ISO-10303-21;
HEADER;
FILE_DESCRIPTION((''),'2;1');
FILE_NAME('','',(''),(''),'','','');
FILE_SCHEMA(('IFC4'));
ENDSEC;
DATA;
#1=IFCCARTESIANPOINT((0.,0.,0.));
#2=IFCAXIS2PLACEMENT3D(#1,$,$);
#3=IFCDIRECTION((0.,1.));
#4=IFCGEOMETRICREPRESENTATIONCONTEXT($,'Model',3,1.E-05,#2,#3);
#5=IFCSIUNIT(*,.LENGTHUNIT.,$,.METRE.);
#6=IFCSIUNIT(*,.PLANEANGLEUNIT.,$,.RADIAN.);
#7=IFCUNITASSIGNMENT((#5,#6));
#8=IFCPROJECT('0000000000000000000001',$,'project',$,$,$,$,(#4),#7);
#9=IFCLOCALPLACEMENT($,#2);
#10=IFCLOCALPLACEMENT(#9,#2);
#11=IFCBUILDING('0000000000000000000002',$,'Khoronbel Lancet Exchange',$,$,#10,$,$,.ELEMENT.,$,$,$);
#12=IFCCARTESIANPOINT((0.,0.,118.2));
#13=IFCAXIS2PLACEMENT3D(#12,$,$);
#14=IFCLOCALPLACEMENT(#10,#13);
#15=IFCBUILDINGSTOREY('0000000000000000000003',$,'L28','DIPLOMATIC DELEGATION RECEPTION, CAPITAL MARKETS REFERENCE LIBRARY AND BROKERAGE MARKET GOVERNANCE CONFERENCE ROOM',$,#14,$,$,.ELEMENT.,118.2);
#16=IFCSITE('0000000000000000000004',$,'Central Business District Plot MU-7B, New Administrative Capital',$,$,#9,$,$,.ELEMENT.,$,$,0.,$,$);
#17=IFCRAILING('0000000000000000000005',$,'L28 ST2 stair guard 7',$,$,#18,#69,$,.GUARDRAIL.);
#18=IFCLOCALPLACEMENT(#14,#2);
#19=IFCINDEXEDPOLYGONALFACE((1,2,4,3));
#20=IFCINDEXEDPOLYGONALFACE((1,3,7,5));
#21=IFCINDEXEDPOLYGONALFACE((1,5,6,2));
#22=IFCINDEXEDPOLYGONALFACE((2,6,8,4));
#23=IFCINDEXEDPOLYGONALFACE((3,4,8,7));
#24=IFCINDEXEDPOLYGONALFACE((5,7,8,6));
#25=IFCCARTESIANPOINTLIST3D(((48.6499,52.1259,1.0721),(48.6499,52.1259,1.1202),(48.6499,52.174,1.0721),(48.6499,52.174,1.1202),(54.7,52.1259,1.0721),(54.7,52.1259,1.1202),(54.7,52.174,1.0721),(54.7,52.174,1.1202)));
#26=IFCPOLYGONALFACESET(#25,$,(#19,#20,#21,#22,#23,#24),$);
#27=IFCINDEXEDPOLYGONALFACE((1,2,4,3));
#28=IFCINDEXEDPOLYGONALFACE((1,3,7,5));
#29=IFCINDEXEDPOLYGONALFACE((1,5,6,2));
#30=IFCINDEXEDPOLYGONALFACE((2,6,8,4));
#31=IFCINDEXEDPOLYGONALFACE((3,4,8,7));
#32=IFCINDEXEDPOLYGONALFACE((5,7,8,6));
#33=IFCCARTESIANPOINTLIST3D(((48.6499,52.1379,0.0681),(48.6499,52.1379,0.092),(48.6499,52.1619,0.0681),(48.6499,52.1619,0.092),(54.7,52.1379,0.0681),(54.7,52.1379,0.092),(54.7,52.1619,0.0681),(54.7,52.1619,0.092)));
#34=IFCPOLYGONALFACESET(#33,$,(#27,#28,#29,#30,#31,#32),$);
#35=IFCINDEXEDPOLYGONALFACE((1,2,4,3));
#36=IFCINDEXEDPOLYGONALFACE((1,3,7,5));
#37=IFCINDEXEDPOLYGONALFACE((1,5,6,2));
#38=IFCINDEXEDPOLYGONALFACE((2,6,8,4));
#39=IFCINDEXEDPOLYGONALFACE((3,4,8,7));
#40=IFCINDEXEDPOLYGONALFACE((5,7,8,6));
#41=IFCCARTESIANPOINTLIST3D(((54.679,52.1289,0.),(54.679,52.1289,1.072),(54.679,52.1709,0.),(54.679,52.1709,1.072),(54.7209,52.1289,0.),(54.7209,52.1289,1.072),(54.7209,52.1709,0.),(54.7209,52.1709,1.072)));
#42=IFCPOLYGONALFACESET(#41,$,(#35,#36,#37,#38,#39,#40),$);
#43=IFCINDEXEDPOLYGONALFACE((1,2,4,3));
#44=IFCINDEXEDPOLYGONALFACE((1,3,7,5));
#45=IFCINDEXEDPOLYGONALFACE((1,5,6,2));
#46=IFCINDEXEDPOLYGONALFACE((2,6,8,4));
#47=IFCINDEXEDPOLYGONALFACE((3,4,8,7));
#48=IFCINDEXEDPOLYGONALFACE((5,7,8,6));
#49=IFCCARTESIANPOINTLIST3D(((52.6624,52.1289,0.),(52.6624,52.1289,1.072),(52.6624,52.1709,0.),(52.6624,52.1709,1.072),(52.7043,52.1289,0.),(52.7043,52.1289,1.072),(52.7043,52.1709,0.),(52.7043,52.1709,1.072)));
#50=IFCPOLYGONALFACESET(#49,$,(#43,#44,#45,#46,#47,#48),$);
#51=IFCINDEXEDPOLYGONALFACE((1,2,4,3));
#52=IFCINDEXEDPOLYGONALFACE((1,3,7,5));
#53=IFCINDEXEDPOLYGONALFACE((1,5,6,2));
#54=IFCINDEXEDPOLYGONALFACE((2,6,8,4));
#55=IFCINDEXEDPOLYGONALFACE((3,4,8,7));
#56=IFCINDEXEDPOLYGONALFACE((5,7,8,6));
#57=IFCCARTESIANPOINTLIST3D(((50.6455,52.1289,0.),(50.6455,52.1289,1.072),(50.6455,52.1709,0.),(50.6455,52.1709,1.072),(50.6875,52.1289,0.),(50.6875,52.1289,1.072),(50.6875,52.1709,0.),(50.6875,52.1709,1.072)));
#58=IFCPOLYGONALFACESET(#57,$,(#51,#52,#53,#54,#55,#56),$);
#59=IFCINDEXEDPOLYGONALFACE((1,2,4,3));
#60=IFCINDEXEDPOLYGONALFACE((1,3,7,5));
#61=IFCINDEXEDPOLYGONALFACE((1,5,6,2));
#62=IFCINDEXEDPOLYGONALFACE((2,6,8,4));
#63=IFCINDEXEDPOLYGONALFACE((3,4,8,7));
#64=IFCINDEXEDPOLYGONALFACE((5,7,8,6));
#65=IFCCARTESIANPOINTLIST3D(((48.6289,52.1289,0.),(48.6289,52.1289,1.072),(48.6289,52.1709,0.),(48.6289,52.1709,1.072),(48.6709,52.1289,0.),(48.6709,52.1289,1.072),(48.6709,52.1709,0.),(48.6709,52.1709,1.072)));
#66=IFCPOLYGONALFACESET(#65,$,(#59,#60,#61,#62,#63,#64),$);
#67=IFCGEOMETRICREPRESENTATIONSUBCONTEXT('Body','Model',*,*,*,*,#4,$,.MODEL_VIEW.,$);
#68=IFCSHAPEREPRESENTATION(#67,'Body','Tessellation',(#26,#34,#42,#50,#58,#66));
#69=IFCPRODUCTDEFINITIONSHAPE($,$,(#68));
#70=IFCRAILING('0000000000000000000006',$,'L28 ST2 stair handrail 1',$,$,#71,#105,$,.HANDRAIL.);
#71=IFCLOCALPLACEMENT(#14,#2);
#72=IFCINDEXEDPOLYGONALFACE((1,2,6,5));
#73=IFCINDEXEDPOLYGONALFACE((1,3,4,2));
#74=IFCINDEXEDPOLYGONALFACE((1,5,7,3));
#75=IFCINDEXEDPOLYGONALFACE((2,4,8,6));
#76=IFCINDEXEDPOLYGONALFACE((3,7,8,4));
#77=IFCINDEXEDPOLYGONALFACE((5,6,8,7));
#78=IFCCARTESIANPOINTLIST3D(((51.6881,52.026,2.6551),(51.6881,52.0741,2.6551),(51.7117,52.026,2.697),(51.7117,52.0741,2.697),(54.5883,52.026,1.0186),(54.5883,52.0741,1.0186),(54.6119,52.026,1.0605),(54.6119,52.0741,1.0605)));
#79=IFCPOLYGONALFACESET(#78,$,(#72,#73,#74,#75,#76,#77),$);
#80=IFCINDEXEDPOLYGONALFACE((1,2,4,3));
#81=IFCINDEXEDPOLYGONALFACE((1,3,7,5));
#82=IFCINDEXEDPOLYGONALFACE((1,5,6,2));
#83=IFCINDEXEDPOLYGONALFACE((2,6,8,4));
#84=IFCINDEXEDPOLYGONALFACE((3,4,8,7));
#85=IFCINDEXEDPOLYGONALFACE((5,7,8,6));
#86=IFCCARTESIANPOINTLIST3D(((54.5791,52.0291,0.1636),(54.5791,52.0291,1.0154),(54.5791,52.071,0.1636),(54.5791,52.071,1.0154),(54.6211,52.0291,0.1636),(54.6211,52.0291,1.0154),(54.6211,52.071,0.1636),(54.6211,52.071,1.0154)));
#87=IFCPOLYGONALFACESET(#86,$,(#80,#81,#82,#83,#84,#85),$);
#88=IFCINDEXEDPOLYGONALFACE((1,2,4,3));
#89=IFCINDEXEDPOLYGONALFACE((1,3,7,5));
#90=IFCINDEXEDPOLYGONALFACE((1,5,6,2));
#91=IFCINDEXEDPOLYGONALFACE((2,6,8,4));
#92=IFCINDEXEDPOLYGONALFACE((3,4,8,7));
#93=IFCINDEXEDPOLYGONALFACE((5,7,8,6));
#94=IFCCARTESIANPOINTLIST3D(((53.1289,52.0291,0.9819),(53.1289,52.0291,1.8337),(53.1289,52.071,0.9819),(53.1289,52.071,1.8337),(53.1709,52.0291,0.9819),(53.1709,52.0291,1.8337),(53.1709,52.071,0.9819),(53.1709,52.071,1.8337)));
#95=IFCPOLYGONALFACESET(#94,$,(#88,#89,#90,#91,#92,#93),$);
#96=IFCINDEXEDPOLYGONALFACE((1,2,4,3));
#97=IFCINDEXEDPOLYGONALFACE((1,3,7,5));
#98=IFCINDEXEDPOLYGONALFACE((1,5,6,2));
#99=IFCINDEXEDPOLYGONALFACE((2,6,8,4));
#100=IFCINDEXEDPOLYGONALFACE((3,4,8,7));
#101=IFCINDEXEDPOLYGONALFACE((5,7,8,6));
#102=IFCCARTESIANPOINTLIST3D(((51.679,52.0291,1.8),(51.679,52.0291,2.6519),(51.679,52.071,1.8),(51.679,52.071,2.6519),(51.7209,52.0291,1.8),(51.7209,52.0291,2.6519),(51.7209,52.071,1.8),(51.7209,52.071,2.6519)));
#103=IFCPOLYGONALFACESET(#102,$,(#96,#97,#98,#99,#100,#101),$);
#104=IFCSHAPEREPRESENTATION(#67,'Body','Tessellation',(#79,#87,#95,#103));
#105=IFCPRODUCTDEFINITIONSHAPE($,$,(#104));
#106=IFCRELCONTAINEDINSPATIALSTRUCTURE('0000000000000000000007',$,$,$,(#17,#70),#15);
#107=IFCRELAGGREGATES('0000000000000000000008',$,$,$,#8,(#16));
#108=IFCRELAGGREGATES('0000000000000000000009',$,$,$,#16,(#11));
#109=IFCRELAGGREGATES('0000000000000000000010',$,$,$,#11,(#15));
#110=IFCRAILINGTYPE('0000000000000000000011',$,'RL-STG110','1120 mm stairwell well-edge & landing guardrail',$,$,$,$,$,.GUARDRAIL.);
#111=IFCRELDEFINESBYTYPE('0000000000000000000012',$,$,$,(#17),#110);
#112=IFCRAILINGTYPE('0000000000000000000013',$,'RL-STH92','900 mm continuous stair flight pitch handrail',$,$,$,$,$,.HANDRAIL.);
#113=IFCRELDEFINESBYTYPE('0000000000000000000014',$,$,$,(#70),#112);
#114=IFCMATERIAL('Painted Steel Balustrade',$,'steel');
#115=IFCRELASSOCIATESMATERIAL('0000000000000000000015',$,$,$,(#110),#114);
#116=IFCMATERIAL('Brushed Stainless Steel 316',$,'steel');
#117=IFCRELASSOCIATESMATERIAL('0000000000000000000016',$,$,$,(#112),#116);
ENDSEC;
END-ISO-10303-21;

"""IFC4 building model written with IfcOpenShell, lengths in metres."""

from ifc_helpers import new_model, si_unit, direction, frame, origin, origin_2d, place, context, subcontext, project, spatial, rectangle, extrude, material, type_object, element, save


model = new_model("IFC4")

# Units and contexts
model_context = context("Model", 3, precision=1e-05, world=origin(), true_north=direction((0.0, 1.0)))
body_context = subcontext(model_context, "Body", "Model", "MODEL_VIEW")
ifc_project = project(units=[si_unit("LENGTHUNIT", "METRE"), si_unit("PLANEANGLEUNIT", "RADIAN")], contexts=[model_context])

# Site, building, storey
site_placement = place(None, origin())
site = spatial("IfcSite", under=ifc_project, at=site_placement, Name="Central Business District Plot MU-7B, New Administrative Capital", CompositionType="ELEMENT", RefElevation=0.0)
building_placement = place(site_placement, origin())
building = spatial("IfcBuilding", under=site, at=building_placement, Name="Khoronbel Lancet Exchange", CompositionType="ELEMENT")
storey_placement = place(building_placement, frame((0.0, 0.0, 118.2)))
storey = spatial("IfcBuildingStorey", under=building, at=storey_placement, Name="L28", Description="DIPLOMATIC DELEGATION RECEPTION, CAPITAL MARKETS REFERENCE LIBRARY AND BROKERAGE MARKET GOVERNANCE CONFERENCE ROOM", CompositionType="ELEMENT", Elevation=118.2)

# Railings
ifc_material_1 = material(Name="Painted Steel Balustrade", Category="steel")
railing_type_1 = type_object("IfcRailingType", Name="RL-STG110", Description="1120 mm stairwell well-edge & landing guardrail", PredefinedType="GUARDRAIL", material=ifc_material_1)
railing_1_placement = place(storey_placement, frame((54.7, 52.1499, 0.0)))
element("IfcRailing", 1, at=railing_1_placement, inside=storey, type_object=railing_type_1, Name="L28 ST2 stair guard 7", PredefinedType="GUARDRAIL", context=body_context, shape_type="SweptSolid", body=[
    extrude(rectangle(XDim=0.0481, YDim=0.0481, at=origin_2d()), frame((0.0, 0.0, 1.0962), z_axis=(-1.0, 0.0, 0.0), x_axis=(0.0, -1.0, 0.0)), (0.0, 0.0, 1.0), 6.05),
    extrude(rectangle(XDim=0.0239, YDim=0.0239, at=origin_2d()), frame((0.0, 0.0, 0.0801), z_axis=(-1.0, 0.0, 0.0), x_axis=(0.0, -1.0, 0.0)), (0.0, 0.0, 1.0), 6.05),
    extrude(rectangle(XDim=0.042, YDim=0.042, at=origin_2d()), origin(), (0.0, 0.0, 1.0), 1.072),
    extrude(rectangle(XDim=0.042, YDim=0.042, at=origin_2d()), frame((-2.0166, 0.0, 0.0)), (0.0, 0.0, 1.0), 1.072),
    extrude(rectangle(XDim=0.042, YDim=0.042, at=origin_2d()), frame((-4.0334, 0.0, 0.0)), (0.0, 0.0, 1.0), 1.072),
    extrude(rectangle(XDim=0.042, YDim=0.042, at=origin_2d()), frame((-6.05, 0.0, 0.0)), (0.0, 0.0, 1.0), 1.072),
])
ifc_material_2 = material(Name="Brushed Stainless Steel 316", Category="steel")
railing_type_2 = type_object("IfcRailingType", Name="RL-STH92", Description="900 mm continuous stair flight pitch handrail", PredefinedType="HANDRAIL", material=ifc_material_2)
railing_2_placement = place(storey_placement, frame((54.6001, 52.05, 0.1636)))
element("IfcRailing", 2, at=railing_2_placement, inside=storey, type_object=railing_type_2, Name="L28 ST2 stair handrail 1", PredefinedType="HANDRAIL", context=body_context, shape_type="SweptSolid", body=[
    extrude(rectangle(XDim=0.0481, YDim=0.0481, at=origin_2d()), frame((0.0, 0.0, 0.876), z_axis=(-0.870915, 0.0, 0.491434), x_axis=(0.0, -1.0, 0.0)), (0.0, 0.0, 1.0), 3.3301),
    extrude(rectangle(XDim=0.042, YDim=0.042, at=origin_2d()), origin(), (0.0, 0.0, 1.0), 0.8518),
    extrude(rectangle(XDim=0.042, YDim=0.042, at=origin_2d()), frame((-1.4502, 0.0, 0.8184)), (0.0, 0.0, 1.0), 0.8518),
    extrude(rectangle(XDim=0.042, YDim=0.042, at=origin_2d()), frame((-2.9001, 0.0, 1.6365)), (0.0, 0.0, 1.0), 0.8518),
])

save(model, "model.ifc")
